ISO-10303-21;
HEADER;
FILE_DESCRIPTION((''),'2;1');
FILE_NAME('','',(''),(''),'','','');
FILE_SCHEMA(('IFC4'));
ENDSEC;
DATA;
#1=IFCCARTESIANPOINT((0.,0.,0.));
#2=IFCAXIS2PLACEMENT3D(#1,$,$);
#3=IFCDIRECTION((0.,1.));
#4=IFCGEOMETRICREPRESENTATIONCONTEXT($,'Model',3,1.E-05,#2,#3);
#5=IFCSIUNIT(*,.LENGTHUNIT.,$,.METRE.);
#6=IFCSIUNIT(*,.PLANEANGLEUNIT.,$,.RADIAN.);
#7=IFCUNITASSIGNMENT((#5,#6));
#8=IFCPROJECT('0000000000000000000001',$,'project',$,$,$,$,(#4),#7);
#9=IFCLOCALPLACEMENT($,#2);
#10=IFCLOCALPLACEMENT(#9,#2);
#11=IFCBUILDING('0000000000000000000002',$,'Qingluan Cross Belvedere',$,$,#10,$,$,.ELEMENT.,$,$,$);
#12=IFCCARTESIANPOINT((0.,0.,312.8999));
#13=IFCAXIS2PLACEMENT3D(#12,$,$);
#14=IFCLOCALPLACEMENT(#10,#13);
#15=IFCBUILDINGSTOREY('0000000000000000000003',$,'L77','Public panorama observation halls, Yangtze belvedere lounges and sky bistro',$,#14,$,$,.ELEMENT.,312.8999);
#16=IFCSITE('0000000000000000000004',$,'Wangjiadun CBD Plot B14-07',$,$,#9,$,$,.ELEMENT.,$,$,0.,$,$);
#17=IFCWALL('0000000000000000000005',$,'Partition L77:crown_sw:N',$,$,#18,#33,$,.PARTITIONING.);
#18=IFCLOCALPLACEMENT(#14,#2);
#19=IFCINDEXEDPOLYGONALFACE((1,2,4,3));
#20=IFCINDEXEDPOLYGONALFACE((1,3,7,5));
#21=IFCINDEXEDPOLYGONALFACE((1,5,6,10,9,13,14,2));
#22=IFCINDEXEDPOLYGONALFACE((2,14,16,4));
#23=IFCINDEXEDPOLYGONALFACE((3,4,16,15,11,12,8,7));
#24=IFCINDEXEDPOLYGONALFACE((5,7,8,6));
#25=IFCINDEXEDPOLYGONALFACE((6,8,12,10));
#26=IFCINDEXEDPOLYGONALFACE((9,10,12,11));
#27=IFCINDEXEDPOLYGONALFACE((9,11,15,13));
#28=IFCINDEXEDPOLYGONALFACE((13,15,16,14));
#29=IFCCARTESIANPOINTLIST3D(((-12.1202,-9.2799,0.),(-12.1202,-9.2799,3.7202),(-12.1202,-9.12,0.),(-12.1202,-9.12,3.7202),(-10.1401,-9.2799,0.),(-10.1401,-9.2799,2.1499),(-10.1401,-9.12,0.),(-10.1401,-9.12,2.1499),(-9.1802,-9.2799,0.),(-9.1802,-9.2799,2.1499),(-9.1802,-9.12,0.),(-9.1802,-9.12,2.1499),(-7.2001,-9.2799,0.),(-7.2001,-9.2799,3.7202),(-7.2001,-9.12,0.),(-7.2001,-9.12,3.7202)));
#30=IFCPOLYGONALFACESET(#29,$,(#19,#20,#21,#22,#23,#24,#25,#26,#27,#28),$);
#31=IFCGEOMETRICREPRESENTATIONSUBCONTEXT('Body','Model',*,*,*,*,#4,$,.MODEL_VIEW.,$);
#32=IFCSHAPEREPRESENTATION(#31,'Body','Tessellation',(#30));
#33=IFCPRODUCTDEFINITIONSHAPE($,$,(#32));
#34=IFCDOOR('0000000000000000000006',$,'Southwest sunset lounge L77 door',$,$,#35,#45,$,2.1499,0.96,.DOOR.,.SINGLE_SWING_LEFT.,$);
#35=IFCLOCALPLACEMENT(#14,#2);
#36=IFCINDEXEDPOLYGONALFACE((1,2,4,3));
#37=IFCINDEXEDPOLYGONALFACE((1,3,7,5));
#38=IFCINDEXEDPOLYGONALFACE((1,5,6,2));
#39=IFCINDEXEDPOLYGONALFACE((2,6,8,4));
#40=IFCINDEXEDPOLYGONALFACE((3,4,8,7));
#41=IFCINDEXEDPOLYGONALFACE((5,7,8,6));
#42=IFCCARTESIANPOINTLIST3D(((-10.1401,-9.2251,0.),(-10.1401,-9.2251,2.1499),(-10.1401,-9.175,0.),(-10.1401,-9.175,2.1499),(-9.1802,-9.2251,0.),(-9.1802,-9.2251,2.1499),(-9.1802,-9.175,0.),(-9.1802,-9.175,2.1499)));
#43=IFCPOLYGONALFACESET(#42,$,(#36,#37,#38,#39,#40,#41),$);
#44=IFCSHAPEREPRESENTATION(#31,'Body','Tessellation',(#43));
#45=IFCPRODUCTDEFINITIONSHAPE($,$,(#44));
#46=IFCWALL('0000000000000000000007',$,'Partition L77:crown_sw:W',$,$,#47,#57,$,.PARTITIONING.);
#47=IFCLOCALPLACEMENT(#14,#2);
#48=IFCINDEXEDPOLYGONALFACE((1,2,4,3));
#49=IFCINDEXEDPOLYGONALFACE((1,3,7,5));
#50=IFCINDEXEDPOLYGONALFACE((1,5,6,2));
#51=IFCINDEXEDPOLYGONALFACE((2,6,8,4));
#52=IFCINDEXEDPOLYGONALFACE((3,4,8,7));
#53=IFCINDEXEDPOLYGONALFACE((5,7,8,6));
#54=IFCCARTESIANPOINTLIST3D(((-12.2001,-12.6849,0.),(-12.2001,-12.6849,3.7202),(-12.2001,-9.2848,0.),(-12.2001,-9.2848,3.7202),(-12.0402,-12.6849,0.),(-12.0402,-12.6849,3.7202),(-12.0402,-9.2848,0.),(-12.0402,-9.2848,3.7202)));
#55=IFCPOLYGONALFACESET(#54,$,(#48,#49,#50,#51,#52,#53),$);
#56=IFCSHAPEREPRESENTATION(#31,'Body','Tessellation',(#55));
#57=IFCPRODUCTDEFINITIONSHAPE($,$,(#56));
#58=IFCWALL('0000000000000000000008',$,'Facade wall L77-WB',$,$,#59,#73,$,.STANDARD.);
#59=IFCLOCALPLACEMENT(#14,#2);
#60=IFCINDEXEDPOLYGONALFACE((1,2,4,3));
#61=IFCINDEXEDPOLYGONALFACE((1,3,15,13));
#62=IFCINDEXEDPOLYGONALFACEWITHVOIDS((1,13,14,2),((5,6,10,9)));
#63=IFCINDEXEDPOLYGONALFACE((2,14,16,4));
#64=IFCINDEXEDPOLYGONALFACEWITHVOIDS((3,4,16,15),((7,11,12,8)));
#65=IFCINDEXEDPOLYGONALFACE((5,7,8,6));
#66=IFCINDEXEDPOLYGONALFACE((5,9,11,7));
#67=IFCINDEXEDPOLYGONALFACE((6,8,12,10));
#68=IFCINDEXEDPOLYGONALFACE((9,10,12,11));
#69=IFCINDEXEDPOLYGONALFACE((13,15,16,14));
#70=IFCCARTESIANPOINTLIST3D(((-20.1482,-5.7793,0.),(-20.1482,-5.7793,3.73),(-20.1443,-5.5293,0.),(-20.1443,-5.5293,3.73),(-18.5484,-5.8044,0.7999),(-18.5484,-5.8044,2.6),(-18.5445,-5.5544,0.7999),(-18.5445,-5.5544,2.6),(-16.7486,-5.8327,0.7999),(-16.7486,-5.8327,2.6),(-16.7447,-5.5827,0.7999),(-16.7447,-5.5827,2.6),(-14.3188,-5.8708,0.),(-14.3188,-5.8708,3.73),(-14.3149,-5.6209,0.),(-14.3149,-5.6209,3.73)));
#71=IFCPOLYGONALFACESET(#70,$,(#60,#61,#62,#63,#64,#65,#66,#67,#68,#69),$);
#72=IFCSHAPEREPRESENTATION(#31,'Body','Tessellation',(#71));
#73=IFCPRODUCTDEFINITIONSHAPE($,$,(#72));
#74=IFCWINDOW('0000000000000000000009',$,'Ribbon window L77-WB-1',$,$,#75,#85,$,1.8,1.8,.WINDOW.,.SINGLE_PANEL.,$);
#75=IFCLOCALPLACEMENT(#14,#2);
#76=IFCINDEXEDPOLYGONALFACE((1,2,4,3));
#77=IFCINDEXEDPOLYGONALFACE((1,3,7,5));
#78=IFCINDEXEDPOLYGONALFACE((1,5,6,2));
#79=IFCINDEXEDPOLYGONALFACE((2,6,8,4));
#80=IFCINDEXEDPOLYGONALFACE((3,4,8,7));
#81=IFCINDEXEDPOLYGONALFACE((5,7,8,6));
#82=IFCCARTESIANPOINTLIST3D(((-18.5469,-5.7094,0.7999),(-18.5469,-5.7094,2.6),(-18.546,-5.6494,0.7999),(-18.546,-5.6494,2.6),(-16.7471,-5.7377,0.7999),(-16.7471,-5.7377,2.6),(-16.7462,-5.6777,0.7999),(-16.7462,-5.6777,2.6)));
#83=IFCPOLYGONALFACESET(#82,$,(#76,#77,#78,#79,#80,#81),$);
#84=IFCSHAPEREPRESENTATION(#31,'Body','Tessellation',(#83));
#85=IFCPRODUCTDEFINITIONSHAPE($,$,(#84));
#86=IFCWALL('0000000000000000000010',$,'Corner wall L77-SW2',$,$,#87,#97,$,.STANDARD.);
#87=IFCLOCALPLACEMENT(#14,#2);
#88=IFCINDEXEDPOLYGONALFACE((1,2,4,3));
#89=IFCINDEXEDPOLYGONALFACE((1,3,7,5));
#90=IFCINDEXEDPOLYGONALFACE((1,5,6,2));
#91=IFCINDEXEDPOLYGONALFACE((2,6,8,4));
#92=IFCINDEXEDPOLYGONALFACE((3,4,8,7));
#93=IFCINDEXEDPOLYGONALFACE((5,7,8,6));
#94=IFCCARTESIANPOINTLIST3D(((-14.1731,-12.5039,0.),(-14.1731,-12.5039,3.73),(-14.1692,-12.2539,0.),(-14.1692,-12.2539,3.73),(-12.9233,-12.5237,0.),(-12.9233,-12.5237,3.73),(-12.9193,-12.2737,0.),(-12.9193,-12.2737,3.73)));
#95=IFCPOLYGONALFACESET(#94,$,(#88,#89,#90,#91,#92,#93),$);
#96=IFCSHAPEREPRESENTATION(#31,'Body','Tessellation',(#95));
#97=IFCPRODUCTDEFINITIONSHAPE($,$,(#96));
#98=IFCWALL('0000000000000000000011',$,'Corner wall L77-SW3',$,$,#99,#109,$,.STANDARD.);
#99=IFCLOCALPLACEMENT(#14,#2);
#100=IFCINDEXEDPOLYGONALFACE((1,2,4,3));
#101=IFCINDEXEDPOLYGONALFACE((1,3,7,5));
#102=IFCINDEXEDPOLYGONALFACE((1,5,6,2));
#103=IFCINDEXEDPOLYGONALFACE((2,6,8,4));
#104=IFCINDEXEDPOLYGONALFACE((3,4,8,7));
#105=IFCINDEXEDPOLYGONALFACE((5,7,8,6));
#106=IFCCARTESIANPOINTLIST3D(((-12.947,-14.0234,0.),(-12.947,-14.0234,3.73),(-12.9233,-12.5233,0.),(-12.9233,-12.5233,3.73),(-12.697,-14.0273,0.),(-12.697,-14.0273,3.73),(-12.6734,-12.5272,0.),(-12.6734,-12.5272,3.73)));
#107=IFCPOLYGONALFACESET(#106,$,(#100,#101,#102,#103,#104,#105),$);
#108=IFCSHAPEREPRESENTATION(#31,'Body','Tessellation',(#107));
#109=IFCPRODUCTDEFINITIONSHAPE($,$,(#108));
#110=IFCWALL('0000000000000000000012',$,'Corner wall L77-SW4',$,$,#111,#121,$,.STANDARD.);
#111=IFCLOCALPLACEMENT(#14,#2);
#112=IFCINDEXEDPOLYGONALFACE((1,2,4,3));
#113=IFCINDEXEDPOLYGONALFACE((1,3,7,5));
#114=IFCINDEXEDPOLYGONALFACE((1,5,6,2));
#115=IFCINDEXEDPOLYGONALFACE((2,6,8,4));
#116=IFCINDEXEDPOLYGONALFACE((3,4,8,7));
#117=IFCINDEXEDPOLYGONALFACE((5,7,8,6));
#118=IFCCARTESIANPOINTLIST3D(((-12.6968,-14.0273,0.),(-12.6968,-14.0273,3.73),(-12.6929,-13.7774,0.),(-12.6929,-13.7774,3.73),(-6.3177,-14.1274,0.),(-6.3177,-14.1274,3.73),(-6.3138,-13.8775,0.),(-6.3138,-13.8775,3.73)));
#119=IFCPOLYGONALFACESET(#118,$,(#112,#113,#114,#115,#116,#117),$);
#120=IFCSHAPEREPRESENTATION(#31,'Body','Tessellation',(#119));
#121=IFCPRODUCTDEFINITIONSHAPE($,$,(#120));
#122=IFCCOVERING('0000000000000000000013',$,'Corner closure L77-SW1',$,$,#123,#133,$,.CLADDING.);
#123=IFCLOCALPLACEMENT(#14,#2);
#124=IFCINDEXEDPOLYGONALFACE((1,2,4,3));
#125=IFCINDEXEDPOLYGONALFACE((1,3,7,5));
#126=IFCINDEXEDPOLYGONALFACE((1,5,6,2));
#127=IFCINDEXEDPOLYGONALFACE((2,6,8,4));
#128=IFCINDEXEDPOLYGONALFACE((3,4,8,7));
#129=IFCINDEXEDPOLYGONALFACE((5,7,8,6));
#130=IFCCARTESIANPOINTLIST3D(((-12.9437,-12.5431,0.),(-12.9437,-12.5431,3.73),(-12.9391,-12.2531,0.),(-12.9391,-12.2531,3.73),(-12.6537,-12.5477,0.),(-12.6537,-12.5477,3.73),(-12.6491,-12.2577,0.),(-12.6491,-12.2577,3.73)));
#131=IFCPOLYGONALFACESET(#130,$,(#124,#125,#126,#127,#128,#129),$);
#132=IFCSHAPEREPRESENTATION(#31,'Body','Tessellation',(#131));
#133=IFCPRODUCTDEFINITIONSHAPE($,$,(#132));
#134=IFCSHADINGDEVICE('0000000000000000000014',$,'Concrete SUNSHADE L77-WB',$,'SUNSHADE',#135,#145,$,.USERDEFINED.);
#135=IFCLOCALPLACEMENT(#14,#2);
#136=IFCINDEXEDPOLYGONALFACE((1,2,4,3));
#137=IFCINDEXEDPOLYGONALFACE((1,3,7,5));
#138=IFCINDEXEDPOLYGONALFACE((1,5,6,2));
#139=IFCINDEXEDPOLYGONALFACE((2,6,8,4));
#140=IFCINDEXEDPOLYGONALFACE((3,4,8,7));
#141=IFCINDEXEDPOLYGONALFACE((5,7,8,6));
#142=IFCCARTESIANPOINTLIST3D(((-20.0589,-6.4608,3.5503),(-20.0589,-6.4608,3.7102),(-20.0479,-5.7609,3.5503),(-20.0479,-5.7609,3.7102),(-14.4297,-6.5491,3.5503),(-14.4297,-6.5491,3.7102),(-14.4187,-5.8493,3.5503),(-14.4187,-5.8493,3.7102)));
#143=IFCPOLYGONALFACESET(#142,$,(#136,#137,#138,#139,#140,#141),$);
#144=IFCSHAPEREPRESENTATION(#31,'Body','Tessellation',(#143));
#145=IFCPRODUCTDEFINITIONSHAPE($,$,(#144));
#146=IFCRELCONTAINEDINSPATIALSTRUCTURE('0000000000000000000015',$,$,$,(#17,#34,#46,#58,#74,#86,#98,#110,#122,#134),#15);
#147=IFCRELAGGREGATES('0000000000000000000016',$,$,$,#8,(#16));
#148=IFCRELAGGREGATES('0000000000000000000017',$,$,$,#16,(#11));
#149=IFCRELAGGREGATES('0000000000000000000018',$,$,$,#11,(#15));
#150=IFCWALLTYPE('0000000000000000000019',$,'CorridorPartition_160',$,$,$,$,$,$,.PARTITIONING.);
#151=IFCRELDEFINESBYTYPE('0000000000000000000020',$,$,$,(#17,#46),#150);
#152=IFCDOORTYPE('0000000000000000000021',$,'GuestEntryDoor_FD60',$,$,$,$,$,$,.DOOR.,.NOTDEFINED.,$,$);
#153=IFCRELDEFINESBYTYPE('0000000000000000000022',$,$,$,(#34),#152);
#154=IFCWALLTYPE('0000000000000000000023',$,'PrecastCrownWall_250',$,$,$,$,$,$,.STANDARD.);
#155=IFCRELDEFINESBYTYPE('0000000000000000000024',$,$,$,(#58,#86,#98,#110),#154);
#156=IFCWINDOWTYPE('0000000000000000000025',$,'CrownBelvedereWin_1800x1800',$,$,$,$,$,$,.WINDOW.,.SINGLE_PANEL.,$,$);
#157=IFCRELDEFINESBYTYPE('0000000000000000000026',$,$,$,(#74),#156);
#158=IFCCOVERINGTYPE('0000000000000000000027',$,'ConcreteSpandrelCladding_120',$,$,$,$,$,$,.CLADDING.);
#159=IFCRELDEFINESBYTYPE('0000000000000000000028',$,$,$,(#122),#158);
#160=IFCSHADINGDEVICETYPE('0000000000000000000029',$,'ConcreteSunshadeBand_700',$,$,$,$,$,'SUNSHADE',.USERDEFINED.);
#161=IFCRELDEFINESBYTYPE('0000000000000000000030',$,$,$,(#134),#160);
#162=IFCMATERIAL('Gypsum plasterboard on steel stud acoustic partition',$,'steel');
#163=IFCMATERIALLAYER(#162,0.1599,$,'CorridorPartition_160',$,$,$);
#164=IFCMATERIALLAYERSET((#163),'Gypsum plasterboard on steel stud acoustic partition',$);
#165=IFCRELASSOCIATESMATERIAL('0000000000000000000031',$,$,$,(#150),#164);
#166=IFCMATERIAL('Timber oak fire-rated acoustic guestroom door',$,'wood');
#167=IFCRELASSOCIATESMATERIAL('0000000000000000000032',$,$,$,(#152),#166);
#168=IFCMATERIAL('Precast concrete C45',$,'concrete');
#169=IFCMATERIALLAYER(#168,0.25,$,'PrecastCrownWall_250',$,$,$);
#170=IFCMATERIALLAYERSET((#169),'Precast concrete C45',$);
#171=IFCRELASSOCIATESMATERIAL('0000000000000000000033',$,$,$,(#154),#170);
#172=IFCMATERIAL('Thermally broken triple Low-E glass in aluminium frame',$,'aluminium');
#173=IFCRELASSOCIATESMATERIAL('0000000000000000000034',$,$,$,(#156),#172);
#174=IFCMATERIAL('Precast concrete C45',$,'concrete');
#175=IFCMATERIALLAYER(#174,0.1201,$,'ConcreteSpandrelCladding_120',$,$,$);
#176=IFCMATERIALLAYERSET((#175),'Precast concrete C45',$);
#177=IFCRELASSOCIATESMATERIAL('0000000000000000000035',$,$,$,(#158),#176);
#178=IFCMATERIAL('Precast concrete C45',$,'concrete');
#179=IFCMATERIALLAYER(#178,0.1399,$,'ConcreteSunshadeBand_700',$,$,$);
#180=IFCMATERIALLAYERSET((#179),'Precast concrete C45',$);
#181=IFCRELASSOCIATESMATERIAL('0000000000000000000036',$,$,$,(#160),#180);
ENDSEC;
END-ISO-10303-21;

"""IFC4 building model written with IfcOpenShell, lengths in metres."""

from ifc_helpers import new_model, si_unit, direction, frame, frame_2d, origin, origin_2d, place, context, subcontext, project, spatial, rectangle, extrude, material, layer, layer_set, type_object, element, fill, save


model = new_model("IFC4")

# Units and contexts
model_context = context("Model", 3, precision=1e-05, world=origin(), true_north=direction((0.0, 1.0)))
body_context = subcontext(model_context, "Body", "Model", "MODEL_VIEW")
ifc_project = project(units=[si_unit("LENGTHUNIT", "METRE"), si_unit("PLANEANGLEUNIT", "RADIAN")], contexts=[model_context])

# Site, building, storey
site_placement = place(None, origin())
site = spatial("IfcSite", under=ifc_project, at=site_placement, Name="Wangjiadun CBD Plot B14-07", CompositionType="ELEMENT", RefElevation=0.0)
building_placement = place(site_placement, origin())
building = spatial("IfcBuilding", under=site, at=building_placement, Name="Qingluan Cross Belvedere", CompositionType="ELEMENT")
storey_placement = place(building_placement, frame((0.0, 0.0, 312.8999)))
storey = spatial("IfcBuildingStorey", under=building, at=storey_placement, Name="L77", Description="Public panorama observation halls, Yangtze belvedere lounges and sky bistro", CompositionType="ELEMENT", Elevation=312.8999)

# Shared definitions
ifc_material_1 = material(Name="Gypsum plasterboard on steel stud acoustic partition", Category="steel")
ifc_layer_1 = layer(ifc_material_1, 0.1599, Name="CorridorPartition_160")
ifc_layer_set_1 = layer_set([ifc_layer_1], Name="Gypsum plasterboard on steel stud acoustic partition")
wall_type_1 = type_object("IfcWallType", Name="CorridorPartition_160", PredefinedType="PARTITIONING", material=ifc_layer_set_1)

# Wall, opening, door
wall_1_placement = place(storey_placement, frame((-12.1201, -9.2, 0.0), z_axis=(0.0, 0.0, 1.0), x_axis=(1.0, 0.0, 0.0)))
wall_1 = element("IfcWall", 1, at=wall_1_placement, inside=storey, type_object=wall_type_1, Name="Partition L77:crown_sw:N", PredefinedType="PARTITIONING", context=body_context, shape_type="SweptSolid", body=[
    extrude(rectangle(XDim=4.9202, YDim=0.1599, at=frame_2d((2.46, 0.0))), origin(), (0.0, 0.0, 1.0), 3.7202),
])
opening_1_placement = place(wall_1_placement, frame((1.98, 0.0, 0.0)))
opening_1 = element("IfcOpeningElement", 2, at=opening_1_placement, cuts=wall_1, PredefinedType="OPENING", context=body_context, shape_type="SweptSolid", body=[
    extrude(rectangle(XDim=0.96, YDim=2.1499, at=frame_2d((0.48, 1.075))), frame((0.0, 0.0898, 0.0), z_axis=(0.0, -1.0, 0.0), x_axis=(1.0, 0.0, 0.0)), (0.0, 0.0, 1.0), 0.1799),
])
ifc_material_2 = material(Name="Timber oak fire-rated acoustic guestroom door", Category="wood")
door_type = type_object("IfcDoorType", Name="GuestEntryDoor_FD60", OperationType="NOTDEFINED", PredefinedType="DOOR", material=ifc_material_2)
door_placement = place(opening_1_placement, origin())
door = element("IfcDoor", 3, at=door_placement, inside=storey, type_object=door_type, Name="Southwest sunset lounge L77 door", OperationType="SINGLE_SWING_LEFT", OverallHeight=2.1499, OverallWidth=0.96, PredefinedType="DOOR", context=body_context, shape_type="SweptSolid", body=[
    extrude(rectangle(XDim=0.96, YDim=2.1499, at=frame_2d((0.48, 1.075))), frame((0.0, 0.0249, 0.0), z_axis=(0.0, -1.0, 0.0), x_axis=(1.0, 0.0, 0.0)), (0.0, 0.0, 1.0), 0.05),
])
fill(opening_1, door)

# Wall
wall_2_placement = place(storey_placement, frame((-12.1201, -12.6851, 0.0), z_axis=(0.0, 0.0, 1.0), x_axis=(0.0, 1.0, 0.0)))
element("IfcWall", 4, at=wall_2_placement, inside=storey, type_object=wall_type_1, Name="Partition L77:crown_sw:W", PredefinedType="PARTITIONING", context=body_context, shape_type="SweptSolid", body=[
    extrude(rectangle(XDim=3.4001, YDim=0.1599, at=frame_2d((1.7002, 0.0))), origin(), (0.0, 0.0, 1.0), 3.7202),
])

# Wall, opening, window
ifc_material_3 = material(Name="Precast concrete C45", Category="concrete")
ifc_layer_2 = layer(ifc_material_3, 0.25, Name="PrecastCrownWall_250")
ifc_layer_set_2 = layer_set([ifc_layer_2], Name="Precast concrete C45")
wall_type_2 = type_object("IfcWallType", Name="PrecastCrownWall_250", PredefinedType="STANDARD", material=ifc_layer_set_2)
wall_3_placement = place(storey_placement, frame((-20.1462, -5.6543, 0.0), z_axis=(0.0, 0.0, 1.0), x_axis=(0.999877, -0.015704, 0.0)))
wall_3 = element("IfcWall", 5, at=wall_3_placement, inside=storey, type_object=wall_type_2, Name="Facade wall L77-WB", PredefinedType="STANDARD", context=body_context, shape_type="SweptSolid", body=[
    extrude(rectangle(XDim=5.8301, YDim=0.25, at=frame_2d((2.915, 0.0))), origin(), (0.0, 0.0, 1.0), 3.73),
])
opening_2_placement = place(wall_3_placement, frame((1.6001, 0.0, 0.8)))
opening_2 = element("IfcOpeningElement", 6, at=opening_2_placement, cuts=wall_3, PredefinedType="OPENING", context=body_context, shape_type="SweptSolid", body=[
    extrude(rectangle(XDim=1.8, YDim=1.8, at=frame_2d((0.8999, 0.8999))), frame((0.0, 0.135, 0.0), z_axis=(0.0, -1.0, 0.0), x_axis=(1.0, 0.0, 0.0)), (0.0, 0.0, 1.0), 0.27),
])
ifc_material_4 = material(Name="Thermally broken triple Low-E glass in aluminium frame", Category="aluminium")
window_type = type_object("IfcWindowType", Name="CrownBelvedereWin_1800x1800", PartitioningType="SINGLE_PANEL", PredefinedType="WINDOW", material=ifc_material_4)
window_placement = place(opening_2_placement, origin())
window = element("IfcWindow", 7, at=window_placement, inside=storey, type_object=window_type, Name="Ribbon window L77-WB-1", OverallHeight=1.8, OverallWidth=1.8, PartitioningType="SINGLE_PANEL", PredefinedType="WINDOW", context=body_context, shape_type="SweptSolid", body=[
    extrude(rectangle(XDim=1.8, YDim=1.8, at=frame_2d((0.8999, 0.8999))), frame((0.0, 0.03, 0.0), z_axis=(0.0, -1.0, 0.0), x_axis=(1.0, 0.0, 0.0)), (0.0, 0.0, 1.0), 0.0601),
])
fill(opening_2, window)

# Walls
wall_4_placement = place(storey_placement, frame((-14.1711, -12.3789, 0.0), z_axis=(0.0, 0.0, 1.0), x_axis=(0.999875, -0.015821, 0.0)))
element("IfcWall", 8, at=wall_4_placement, inside=storey, type_object=wall_type_2, Name="Corner wall L77-SW2", PredefinedType="STANDARD", context=body_context, shape_type="SweptSolid", body=[
    extrude(rectangle(XDim=1.25, YDim=0.25, at=frame_2d((0.625, 0.0))), origin(), (0.0, 0.0, 1.0), 3.73),
])
wall_5_placement = place(storey_placement, frame((-12.7983, -12.5254, 0.0), z_axis=(0.0, 0.0, 1.0), x_axis=(-0.015786, -0.999875, 0.0)))
element("IfcWall", 9, at=wall_5_placement, inside=storey, type_object=wall_type_2, Name="Corner wall L77-SW3", PredefinedType="STANDARD", context=body_context, shape_type="SweptSolid", body=[
    extrude(rectangle(XDim=1.5002, YDim=0.25, at=frame_2d((0.75, 0.0))), origin(), (0.0, 0.0, 1.0), 3.73),
])
wall_6_placement = place(storey_placement, frame((-12.6948, -13.9023, 0.0), z_axis=(0.0, 0.0, 1.0), x_axis=(0.999877, -0.015689, 0.0)))
element("IfcWall", 10, at=wall_6_placement, inside=storey, type_object=wall_type_2, Name="Corner wall L77-SW4", PredefinedType="STANDARD", context=body_context, shape_type="SweptSolid", body=[
    extrude(rectangle(XDim=6.3799, YDim=0.25, at=frame_2d((3.1899, 0.0))), origin(), (0.0, 0.0, 1.0), 3.73),
])

# Covering
ifc_material_5 = material(Name="Precast concrete C45", Category="concrete")
ifc_layer_3 = layer(ifc_material_5, 0.1201, Name="ConcreteSpandrelCladding_120")
ifc_layer_set_3 = layer_set([ifc_layer_3], Name="Precast concrete C45")
covering_type = type_object("IfcCoveringType", Name="ConcreteSpandrelCladding_120", PredefinedType="CLADDING", material=ifc_layer_set_3)
covering_placement = place(storey_placement, frame((-12.7964, -12.4004, 0.0), z_axis=(0.0, 0.0, 1.0), x_axis=(0.999877, -0.015707, 0.0)))
element("IfcCovering", 11, at=covering_placement, inside=storey, type_object=covering_type, Name="Corner closure L77-SW1", PredefinedType="CLADDING", context=body_context, shape_type="SweptSolid", body=[
    extrude(rectangle(XDim=0.29, YDim=0.29, at=origin_2d()), origin(), (0.0, 0.0, 1.0), 3.73),
])

# Shading device
ifc_material_6 = material(Name="Precast concrete C45", Category="concrete")
ifc_layer_4 = layer(ifc_material_6, 0.1399, Name="ConcreteSunshadeBand_700")
ifc_layer_set_4 = layer_set([ifc_layer_4], Name="Precast concrete C45")
shading_device_type = type_object("IfcShadingDeviceType", Name="ConcreteSunshadeBand_700", ElementType="SUNSHADE", PredefinedType="USERDEFINED", material=ifc_layer_set_4)
shading_device_placement = place(storey_placement, frame((-17.2388, -6.155, 3.5503), z_axis=(0.0, 0.0, 1.0), x_axis=(0.999877, -0.015695, 0.0)))
element("IfcShadingDevice", 12, at=shading_device_placement, inside=storey, type_object=shading_device_type, Name="Concrete SUNSHADE L77-WB", ObjectType="SUNSHADE", PredefinedType="USERDEFINED", context=body_context, shape_type="SweptSolid", body=[
    extrude(rectangle(XDim=5.6299, YDim=0.7, at=origin_2d()), origin(), (0.0, 0.0, 1.0), 0.1599),
])

save(model, "model.ifc")
